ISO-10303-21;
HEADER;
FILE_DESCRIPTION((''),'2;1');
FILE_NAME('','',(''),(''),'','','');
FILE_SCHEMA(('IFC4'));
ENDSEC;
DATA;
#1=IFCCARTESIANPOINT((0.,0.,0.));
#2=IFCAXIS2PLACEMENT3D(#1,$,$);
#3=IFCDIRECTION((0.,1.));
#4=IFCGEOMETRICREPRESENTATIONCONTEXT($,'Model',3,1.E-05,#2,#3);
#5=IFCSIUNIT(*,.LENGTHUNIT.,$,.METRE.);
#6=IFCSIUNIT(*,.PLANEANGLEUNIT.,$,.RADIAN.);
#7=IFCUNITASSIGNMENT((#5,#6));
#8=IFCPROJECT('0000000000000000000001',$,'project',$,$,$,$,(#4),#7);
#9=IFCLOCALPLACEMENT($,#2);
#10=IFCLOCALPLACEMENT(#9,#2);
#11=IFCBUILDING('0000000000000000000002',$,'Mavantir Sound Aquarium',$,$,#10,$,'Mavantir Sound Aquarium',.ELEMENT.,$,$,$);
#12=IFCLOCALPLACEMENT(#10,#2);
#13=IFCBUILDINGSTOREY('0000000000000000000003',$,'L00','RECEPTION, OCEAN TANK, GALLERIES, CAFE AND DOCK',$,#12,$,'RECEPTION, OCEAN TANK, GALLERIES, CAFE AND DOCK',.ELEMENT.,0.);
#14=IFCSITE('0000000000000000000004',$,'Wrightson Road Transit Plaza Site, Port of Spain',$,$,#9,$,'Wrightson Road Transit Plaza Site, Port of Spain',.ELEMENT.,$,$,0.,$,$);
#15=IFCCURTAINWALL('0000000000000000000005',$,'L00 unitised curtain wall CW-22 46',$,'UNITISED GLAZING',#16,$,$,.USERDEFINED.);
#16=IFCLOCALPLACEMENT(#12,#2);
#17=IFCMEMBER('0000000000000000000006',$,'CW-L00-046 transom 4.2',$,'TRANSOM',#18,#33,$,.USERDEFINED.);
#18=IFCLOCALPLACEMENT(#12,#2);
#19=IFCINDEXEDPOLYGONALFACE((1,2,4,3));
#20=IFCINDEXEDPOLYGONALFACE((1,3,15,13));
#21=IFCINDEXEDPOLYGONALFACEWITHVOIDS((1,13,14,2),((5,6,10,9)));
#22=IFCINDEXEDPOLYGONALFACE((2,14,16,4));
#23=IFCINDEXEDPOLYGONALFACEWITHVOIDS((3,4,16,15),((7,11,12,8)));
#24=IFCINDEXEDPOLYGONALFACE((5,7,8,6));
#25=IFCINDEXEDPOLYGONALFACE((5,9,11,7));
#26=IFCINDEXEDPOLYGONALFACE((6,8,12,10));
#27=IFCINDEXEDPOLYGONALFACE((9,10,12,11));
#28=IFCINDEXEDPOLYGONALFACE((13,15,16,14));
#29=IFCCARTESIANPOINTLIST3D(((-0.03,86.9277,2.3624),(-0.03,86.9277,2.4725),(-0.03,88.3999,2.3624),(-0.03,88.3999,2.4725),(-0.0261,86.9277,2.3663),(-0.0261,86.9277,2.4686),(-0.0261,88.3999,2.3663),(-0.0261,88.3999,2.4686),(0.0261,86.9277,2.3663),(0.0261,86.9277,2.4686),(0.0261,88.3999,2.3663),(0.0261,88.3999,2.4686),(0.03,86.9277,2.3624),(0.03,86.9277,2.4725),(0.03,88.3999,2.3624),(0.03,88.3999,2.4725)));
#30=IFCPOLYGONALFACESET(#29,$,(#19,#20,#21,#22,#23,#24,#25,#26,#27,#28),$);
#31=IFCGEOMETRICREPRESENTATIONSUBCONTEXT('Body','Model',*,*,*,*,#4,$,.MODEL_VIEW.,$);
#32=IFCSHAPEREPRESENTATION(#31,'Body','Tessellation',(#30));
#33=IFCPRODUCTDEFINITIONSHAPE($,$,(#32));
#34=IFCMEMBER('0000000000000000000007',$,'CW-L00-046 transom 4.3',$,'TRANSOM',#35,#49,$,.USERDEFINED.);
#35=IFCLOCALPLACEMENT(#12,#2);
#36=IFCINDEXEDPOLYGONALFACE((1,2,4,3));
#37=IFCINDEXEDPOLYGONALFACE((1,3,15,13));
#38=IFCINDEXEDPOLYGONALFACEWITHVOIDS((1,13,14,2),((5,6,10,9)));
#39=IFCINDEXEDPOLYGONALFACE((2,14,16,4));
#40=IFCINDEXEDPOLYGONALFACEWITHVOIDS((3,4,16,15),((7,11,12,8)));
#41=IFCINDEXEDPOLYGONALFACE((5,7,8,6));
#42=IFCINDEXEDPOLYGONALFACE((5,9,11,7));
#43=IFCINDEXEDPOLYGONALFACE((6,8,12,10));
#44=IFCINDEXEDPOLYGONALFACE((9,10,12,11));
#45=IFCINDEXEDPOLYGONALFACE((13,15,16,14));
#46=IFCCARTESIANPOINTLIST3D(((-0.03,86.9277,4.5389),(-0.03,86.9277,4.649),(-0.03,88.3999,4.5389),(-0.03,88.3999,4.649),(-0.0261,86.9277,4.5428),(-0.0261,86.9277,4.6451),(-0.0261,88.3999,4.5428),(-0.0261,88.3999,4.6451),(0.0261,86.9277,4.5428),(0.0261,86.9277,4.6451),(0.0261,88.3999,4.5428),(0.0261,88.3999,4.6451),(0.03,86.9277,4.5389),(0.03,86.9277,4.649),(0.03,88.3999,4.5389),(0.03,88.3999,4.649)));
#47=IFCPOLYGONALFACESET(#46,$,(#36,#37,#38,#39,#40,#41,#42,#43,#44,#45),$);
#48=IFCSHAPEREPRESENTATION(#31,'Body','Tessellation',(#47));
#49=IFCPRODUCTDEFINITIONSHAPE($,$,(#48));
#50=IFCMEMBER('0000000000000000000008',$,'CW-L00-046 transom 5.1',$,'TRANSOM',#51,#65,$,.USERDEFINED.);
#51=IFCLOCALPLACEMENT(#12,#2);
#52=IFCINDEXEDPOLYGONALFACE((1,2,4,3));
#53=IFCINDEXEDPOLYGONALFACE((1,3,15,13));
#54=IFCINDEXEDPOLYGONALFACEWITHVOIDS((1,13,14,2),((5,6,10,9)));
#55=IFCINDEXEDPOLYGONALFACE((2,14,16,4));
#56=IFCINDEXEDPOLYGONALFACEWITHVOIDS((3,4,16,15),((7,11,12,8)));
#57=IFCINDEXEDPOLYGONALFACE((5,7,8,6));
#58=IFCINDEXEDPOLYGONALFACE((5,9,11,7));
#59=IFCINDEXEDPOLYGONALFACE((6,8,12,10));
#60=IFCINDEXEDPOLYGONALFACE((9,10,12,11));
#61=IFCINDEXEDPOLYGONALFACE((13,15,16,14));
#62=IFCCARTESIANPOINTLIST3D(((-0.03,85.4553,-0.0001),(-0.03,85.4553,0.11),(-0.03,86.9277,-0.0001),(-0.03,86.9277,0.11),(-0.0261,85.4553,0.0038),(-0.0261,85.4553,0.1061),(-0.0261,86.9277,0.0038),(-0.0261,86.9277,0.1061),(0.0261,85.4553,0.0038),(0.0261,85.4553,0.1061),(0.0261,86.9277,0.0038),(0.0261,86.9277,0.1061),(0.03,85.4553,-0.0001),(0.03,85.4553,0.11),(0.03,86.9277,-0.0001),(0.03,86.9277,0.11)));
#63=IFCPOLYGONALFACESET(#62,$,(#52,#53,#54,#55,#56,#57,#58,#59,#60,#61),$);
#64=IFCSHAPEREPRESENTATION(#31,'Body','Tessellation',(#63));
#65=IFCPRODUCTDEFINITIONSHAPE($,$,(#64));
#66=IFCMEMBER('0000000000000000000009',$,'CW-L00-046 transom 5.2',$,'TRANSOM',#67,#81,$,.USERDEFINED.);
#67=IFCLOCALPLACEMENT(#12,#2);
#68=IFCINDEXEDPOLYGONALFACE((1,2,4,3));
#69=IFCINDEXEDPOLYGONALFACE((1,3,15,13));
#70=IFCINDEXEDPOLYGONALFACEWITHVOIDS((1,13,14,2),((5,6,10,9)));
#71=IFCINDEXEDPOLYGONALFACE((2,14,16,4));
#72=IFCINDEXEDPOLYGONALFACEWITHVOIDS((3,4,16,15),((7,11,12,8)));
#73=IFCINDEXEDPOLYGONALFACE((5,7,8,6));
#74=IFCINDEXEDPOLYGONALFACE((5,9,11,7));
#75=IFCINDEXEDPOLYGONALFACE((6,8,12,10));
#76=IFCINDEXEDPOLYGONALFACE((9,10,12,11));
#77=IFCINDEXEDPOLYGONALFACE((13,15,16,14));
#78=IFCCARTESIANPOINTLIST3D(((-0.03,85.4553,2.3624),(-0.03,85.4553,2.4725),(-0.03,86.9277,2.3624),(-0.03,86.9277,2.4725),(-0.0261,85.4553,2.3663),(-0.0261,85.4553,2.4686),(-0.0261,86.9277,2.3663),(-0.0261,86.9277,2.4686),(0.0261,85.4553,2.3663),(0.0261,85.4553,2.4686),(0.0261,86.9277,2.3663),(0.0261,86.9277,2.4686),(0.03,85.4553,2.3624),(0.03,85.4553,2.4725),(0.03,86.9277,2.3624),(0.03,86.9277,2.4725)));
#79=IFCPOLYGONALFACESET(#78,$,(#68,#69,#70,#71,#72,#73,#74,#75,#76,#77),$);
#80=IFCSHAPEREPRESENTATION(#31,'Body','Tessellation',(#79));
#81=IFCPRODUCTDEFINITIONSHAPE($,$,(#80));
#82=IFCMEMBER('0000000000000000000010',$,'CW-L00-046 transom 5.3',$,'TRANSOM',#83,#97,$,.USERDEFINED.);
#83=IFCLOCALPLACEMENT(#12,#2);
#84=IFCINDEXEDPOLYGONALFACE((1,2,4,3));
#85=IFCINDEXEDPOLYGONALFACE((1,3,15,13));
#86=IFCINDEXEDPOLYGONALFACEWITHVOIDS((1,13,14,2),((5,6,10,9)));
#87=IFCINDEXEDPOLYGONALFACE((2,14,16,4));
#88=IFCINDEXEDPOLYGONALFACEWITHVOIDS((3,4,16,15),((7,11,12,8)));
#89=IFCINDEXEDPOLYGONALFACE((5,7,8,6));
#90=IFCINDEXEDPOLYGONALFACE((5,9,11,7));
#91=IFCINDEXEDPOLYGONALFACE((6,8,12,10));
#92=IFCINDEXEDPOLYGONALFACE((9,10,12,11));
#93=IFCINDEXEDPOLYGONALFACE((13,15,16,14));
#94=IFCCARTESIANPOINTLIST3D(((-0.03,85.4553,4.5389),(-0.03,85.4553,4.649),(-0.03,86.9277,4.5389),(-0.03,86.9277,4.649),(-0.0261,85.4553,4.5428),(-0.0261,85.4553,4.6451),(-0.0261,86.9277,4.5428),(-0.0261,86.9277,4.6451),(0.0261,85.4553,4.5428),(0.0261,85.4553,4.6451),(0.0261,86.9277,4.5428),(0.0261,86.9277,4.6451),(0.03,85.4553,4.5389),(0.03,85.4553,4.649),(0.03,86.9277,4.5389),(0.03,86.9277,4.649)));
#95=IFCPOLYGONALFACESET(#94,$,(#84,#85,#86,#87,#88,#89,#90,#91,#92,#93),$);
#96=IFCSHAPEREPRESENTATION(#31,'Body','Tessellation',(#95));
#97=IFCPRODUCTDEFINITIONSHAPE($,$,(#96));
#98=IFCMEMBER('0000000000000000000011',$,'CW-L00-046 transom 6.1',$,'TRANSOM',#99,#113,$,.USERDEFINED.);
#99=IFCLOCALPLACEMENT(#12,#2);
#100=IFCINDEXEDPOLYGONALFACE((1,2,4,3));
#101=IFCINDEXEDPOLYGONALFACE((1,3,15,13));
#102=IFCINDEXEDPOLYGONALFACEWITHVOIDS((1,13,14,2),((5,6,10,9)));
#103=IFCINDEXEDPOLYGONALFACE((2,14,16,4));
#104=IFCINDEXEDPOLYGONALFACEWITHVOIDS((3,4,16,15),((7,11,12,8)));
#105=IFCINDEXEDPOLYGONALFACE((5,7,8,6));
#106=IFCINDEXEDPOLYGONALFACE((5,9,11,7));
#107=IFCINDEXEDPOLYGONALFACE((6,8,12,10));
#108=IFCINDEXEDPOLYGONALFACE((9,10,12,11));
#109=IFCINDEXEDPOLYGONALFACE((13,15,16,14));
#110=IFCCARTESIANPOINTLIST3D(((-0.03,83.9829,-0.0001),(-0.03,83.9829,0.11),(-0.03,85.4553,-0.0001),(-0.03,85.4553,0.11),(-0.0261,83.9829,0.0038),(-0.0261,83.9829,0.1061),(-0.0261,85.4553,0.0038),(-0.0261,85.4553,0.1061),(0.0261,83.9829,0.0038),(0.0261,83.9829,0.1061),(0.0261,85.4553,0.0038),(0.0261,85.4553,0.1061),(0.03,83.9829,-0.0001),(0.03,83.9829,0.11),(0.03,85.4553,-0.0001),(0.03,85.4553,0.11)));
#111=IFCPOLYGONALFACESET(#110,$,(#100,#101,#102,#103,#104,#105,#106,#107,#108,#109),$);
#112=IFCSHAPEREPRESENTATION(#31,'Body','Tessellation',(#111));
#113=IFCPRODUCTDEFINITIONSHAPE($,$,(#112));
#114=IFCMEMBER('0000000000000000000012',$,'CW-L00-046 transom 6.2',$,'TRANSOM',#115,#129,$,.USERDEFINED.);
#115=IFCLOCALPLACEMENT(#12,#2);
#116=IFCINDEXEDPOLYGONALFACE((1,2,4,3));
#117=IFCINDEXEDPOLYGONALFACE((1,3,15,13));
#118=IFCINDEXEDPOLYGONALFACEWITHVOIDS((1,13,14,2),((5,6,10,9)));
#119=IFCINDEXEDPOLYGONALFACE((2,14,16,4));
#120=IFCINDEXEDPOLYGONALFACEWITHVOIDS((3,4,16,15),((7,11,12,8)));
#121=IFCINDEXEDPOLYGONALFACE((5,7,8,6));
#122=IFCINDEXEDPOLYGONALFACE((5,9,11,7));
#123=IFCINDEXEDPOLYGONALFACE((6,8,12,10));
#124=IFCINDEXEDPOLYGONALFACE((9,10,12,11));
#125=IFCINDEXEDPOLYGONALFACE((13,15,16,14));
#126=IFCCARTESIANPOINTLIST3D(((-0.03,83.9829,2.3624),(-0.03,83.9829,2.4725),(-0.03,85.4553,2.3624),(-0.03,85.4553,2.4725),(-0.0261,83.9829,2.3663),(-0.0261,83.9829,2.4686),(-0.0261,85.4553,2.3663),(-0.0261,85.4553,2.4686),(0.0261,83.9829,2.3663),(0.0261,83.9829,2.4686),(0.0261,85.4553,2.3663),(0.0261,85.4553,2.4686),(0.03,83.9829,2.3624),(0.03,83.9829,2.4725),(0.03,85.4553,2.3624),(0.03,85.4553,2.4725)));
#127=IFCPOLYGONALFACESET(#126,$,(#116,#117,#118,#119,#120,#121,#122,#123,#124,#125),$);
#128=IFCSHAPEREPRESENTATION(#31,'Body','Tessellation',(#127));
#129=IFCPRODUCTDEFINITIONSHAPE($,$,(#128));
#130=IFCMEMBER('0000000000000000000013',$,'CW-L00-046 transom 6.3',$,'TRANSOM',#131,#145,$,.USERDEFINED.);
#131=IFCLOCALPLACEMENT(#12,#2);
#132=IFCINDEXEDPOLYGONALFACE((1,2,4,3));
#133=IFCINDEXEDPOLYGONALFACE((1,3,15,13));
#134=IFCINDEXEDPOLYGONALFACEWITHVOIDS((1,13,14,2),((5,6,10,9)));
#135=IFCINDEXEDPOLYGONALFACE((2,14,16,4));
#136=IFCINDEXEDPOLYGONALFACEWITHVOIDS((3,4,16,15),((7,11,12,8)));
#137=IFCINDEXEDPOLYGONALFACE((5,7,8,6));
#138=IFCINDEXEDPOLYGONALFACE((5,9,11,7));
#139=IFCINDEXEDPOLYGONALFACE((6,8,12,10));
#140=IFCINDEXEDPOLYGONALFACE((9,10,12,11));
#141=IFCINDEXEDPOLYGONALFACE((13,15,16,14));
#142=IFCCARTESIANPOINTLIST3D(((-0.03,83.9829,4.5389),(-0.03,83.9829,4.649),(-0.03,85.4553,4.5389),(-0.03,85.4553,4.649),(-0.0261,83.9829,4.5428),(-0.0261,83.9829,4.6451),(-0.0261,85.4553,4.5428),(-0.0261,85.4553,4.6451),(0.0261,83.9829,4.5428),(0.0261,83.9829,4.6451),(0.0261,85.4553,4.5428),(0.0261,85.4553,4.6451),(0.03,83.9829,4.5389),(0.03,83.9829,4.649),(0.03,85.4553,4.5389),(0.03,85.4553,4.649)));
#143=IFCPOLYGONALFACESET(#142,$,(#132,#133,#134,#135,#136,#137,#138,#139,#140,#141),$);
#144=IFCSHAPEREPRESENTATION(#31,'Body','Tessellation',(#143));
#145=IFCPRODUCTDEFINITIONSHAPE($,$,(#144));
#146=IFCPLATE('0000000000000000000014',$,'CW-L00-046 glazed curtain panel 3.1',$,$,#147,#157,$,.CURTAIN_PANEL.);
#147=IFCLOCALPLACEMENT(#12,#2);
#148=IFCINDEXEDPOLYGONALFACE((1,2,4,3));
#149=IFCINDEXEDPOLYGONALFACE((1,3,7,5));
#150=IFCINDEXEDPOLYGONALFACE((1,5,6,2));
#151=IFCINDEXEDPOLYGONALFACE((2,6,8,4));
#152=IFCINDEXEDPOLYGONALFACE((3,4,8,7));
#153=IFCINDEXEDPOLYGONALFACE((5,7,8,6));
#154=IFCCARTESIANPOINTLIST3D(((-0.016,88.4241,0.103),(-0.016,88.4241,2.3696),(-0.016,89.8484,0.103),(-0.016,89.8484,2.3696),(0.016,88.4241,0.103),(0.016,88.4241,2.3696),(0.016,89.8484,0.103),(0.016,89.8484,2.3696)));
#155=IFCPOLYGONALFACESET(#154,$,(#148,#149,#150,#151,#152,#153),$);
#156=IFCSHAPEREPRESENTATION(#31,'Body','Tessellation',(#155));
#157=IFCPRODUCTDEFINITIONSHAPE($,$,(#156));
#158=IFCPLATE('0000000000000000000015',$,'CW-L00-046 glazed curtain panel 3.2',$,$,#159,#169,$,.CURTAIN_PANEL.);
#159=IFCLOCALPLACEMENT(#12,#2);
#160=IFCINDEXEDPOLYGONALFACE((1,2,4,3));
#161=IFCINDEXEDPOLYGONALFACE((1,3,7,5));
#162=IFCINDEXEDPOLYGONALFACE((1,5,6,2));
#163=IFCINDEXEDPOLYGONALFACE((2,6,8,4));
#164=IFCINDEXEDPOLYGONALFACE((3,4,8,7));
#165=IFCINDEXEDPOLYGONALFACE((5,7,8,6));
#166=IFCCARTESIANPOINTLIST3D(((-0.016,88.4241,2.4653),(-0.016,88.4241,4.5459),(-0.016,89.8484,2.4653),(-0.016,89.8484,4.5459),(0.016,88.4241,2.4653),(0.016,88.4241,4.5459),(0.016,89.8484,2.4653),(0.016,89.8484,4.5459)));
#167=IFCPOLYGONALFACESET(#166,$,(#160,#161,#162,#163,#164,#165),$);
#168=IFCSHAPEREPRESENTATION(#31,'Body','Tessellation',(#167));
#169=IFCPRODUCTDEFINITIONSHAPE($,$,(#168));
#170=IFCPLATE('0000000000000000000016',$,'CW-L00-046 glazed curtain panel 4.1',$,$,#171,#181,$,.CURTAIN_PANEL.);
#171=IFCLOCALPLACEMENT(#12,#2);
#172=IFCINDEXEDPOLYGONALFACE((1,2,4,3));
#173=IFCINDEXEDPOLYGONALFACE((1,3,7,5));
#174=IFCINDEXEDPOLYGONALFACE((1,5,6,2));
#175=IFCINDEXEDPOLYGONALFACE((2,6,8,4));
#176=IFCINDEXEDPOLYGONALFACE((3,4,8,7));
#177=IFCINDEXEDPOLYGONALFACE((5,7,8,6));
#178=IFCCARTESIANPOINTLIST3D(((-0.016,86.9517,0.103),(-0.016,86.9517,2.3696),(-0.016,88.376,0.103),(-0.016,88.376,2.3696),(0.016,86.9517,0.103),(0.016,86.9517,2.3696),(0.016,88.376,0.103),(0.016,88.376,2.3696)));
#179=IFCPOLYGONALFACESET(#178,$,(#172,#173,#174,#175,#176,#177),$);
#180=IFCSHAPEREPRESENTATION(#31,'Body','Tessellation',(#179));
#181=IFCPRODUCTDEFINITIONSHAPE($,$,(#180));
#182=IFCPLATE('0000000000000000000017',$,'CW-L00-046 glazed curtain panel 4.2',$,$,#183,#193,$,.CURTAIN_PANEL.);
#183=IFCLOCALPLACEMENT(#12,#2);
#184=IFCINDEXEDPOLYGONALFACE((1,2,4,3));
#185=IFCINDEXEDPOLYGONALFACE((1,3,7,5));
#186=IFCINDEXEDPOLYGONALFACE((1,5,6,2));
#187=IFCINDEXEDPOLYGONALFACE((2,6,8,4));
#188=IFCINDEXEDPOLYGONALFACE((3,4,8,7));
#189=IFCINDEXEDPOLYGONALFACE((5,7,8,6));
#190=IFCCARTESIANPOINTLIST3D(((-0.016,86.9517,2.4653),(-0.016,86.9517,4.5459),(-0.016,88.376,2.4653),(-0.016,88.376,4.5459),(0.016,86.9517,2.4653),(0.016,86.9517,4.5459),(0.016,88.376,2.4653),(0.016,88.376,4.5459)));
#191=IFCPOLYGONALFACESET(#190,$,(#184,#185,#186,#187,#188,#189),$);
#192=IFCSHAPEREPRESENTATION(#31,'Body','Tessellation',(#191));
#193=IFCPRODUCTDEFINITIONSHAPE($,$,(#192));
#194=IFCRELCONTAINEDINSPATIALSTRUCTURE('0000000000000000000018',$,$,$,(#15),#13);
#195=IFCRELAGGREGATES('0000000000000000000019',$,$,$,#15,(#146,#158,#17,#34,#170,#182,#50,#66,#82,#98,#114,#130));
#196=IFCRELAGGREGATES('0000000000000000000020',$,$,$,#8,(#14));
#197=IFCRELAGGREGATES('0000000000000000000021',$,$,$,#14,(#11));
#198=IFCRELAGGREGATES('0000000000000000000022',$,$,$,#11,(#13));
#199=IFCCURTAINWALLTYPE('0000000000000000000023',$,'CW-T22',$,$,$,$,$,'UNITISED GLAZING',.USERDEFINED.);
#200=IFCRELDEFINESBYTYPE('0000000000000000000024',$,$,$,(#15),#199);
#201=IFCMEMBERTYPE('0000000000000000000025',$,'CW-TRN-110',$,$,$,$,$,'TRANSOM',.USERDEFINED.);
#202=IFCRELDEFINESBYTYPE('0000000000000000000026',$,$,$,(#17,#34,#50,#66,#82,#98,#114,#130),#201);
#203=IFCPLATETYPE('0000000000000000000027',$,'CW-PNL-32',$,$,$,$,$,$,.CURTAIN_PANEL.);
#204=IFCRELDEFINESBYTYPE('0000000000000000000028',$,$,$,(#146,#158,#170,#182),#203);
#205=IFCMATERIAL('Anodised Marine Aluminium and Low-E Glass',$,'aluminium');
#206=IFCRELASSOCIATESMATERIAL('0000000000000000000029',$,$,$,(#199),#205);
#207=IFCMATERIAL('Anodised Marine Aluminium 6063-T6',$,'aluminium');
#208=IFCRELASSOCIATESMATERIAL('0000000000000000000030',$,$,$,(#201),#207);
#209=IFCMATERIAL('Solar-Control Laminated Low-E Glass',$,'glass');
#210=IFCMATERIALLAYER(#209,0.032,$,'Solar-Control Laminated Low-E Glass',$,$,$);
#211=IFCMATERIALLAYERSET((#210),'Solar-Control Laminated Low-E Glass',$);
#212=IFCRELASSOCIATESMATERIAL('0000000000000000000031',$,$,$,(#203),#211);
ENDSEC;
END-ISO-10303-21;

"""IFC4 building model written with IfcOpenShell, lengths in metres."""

from ifc_helpers import new_model, si_unit, direction, frame, origin, origin_2d, place, context, subcontext, project, spatial, rectangle, hollow_rectangle, extrude, material, layer, layer_set, material_profile, profile_set, type_object, element, aggregate, save


model = new_model("IFC4")

# Units and contexts
model_context = context("Model", 3, precision=1e-05, world=origin(), true_north=direction((0.0, 1.0)))
body_context = subcontext(model_context, "Body", "Model", "MODEL_VIEW")
ifc_project = project(units=[si_unit("LENGTHUNIT", "METRE"), si_unit("PLANEANGLEUNIT", "RADIAN")], contexts=[model_context])

# Site, building, storey
site_placement = place(None, origin())
site = spatial("IfcSite", under=ifc_project, at=site_placement, Name="Wrightson Road Transit Plaza Site, Port of Spain", LongName="Wrightson Road Transit Plaza Site, Port of Spain", CompositionType="ELEMENT", RefElevation=0.0)
building_placement = place(site_placement, origin())
building = spatial("IfcBuilding", under=site, at=building_placement, Name="Mavantir Sound Aquarium", LongName="Mavantir Sound Aquarium", CompositionType="ELEMENT")
storey_placement = place(building_placement, origin())
storey = spatial("IfcBuildingStorey", under=building, at=storey_placement, Name="L00", Description="RECEPTION, OCEAN TANK, GALLERIES, CAFE AND DOCK", LongName="RECEPTION, OCEAN TANK, GALLERIES, CAFE AND DOCK", CompositionType="ELEMENT", Elevation=0.0)

# Curtain wall, members, plates
ifc_material_1 = material(Name="Anodised Marine Aluminium and Low-E Glass", Category="aluminium")
curtain_wall_type = type_object("IfcCurtainWallType", Name="CW-T22", ElementType="UNITISED GLAZING", PredefinedType="USERDEFINED", material=ifc_material_1)
curtain_wall_placement = place(storey_placement, origin())
curtain_wall = element("IfcCurtainWall", 1, at=curtain_wall_placement, inside=storey, type_object=curtain_wall_type, Name="L00 unitised curtain wall CW-22 46", ObjectType="UNITISED GLAZING", PredefinedType="USERDEFINED")
ifc_material_2 = material(Name="Anodised Marine Aluminium 6063-T6", Category="aluminium")
ifc_material_profile_1 = material_profile(ifc_material_2, hollow_rectangle(XDim=0.0601, YDim=0.1101, WallThickness=0.0039, at=origin_2d()), Name="ALU-TRANSOM-110X60")
ifc_profile_set_1 = profile_set([ifc_material_profile_1], Name="Anodised Marine Aluminium 6063-T6")
member_type_1 = type_object("IfcMemberType", Name="CW-TRN-110", ElementType="TRANSOM", PredefinedType="USERDEFINED", material=ifc_profile_set_1)
member_1_placement = place(storey_placement, frame((0.0, 88.3999, 2.4175), z_axis=(0.0, -1.0, 0.0), x_axis=(1.0, 0.0, 0.0)))
member_1 = element("IfcMember", 2, at=member_1_placement, type_object=member_type_1, Name="CW-L00-046 transom 4.2", ObjectType="TRANSOM", PredefinedType="USERDEFINED", context=body_context, shape_type="SweptSolid", body=[
    extrude(hollow_rectangle(XDim=0.0601, YDim=0.1101, WallThickness=0.0039, at=origin_2d()), origin(), (0.0, 0.0, 1.0), 1.4722),
])
member_2_placement = place(storey_placement, frame((0.0, 88.3999, 4.594), z_axis=(0.0, -1.0, 0.0), x_axis=(1.0, 0.0, 0.0)))
member_2 = element("IfcMember", 3, at=member_2_placement, type_object=member_type_1, Name="CW-L00-046 transom 4.3", ObjectType="TRANSOM", PredefinedType="USERDEFINED", context=body_context, shape_type="SweptSolid", body=[
    extrude(hollow_rectangle(XDim=0.0601, YDim=0.1101, WallThickness=0.0039, at=origin_2d()), origin(), (0.0, 0.0, 1.0), 1.4722),
])
member_3_placement = place(storey_placement, frame((0.0, 86.9277, 0.0549), z_axis=(0.0, -1.0, 0.0), x_axis=(1.0, 0.0, 0.0)))
member_3 = element("IfcMember", 4, at=member_3_placement, type_object=member_type_1, Name="CW-L00-046 transom 5.1", ObjectType="TRANSOM", PredefinedType="USERDEFINED", context=body_context, shape_type="SweptSolid", body=[
    extrude(hollow_rectangle(XDim=0.0601, YDim=0.1101, WallThickness=0.0039, at=origin_2d()), origin(), (0.0, 0.0, 1.0), 1.4724),
])
member_4_placement = place(storey_placement, frame((0.0, 86.9277, 2.4175), z_axis=(0.0, -1.0, 0.0), x_axis=(1.0, 0.0, 0.0)))
member_4 = element("IfcMember", 5, at=member_4_placement, type_object=member_type_1, Name="CW-L00-046 transom 5.2", ObjectType="TRANSOM", PredefinedType="USERDEFINED", context=body_context, shape_type="SweptSolid", body=[
    extrude(hollow_rectangle(XDim=0.0601, YDim=0.1101, WallThickness=0.0039, at=origin_2d()), origin(), (0.0, 0.0, 1.0), 1.4724),
])
member_5_placement = place(storey_placement, frame((0.0, 86.9277, 4.594), z_axis=(0.0, -1.0, 0.0), x_axis=(1.0, 0.0, 0.0)))
member_5 = element("IfcMember", 6, at=member_5_placement, type_object=member_type_1, Name="CW-L00-046 transom 5.3", ObjectType="TRANSOM", PredefinedType="USERDEFINED", context=body_context, shape_type="SweptSolid", body=[
    extrude(hollow_rectangle(XDim=0.0601, YDim=0.1101, WallThickness=0.0039, at=origin_2d()), origin(), (0.0, 0.0, 1.0), 1.4724),
])
member_6_placement = place(storey_placement, frame((0.0, 85.4553, 0.0549), z_axis=(0.0, -1.0, 0.0), x_axis=(1.0, 0.0, 0.0)))
member_6 = element("IfcMember", 7, at=member_6_placement, type_object=member_type_1, Name="CW-L00-046 transom 6.1", ObjectType="TRANSOM", PredefinedType="USERDEFINED", context=body_context, shape_type="SweptSolid", body=[
    extrude(hollow_rectangle(XDim=0.0601, YDim=0.1101, WallThickness=0.0039, at=origin_2d()), origin(), (0.0, 0.0, 1.0), 1.4724),
])
member_7_placement = place(storey_placement, frame((0.0, 85.4553, 2.4175), z_axis=(0.0, -1.0, 0.0), x_axis=(1.0, 0.0, 0.0)))
member_7 = element("IfcMember", 8, at=member_7_placement, type_object=member_type_1, Name="CW-L00-046 transom 6.2", ObjectType="TRANSOM", PredefinedType="USERDEFINED", context=body_context, shape_type="SweptSolid", body=[
    extrude(hollow_rectangle(XDim=0.0601, YDim=0.1101, WallThickness=0.0039, at=origin_2d()), origin(), (0.0, 0.0, 1.0), 1.4724),
])
member_8_placement = place(storey_placement, frame((0.0, 85.4553, 4.594), z_axis=(0.0, -1.0, 0.0), x_axis=(1.0, 0.0, 0.0)))
member_8 = element("IfcMember", 9, at=member_8_placement, type_object=member_type_1, Name="CW-L00-046 transom 6.3", ObjectType="TRANSOM", PredefinedType="USERDEFINED", context=body_context, shape_type="SweptSolid", body=[
    extrude(hollow_rectangle(XDim=0.0601, YDim=0.1101, WallThickness=0.0039, at=origin_2d()), origin(), (0.0, 0.0, 1.0), 1.4724),
])
ifc_material_3 = material(Name="Solar-Control Laminated Low-E Glass", Category="glass")
ifc_layer = layer(ifc_material_3, 0.032, Name="Solar-Control Laminated Low-E Glass")
ifc_layer_set = layer_set([ifc_layer], Name="Solar-Control Laminated Low-E Glass")
plate_type = type_object("IfcPlateType", Name="CW-PNL-32", PredefinedType="CURTAIN_PANEL", material=ifc_layer_set)
plate_1_placement = place(storey_placement, frame((0.0, 89.1362, 0.103), z_axis=(0.0, 0.0, 1.0), x_axis=(0.0, -1.0, 0.0)))
plate_1 = element("IfcPlate", 10, at=plate_1_placement, type_object=plate_type, Name="CW-L00-046 glazed curtain panel 3.1", PredefinedType="CURTAIN_PANEL", context=body_context, shape_type="SweptSolid", body=[
    extrude(rectangle(XDim=1.4243, YDim=0.032, at=origin_2d()), origin(), (0.0, 0.0, 1.0), 2.2666),
])
plate_2_placement = place(storey_placement, frame((0.0, 89.1362, 2.4653), z_axis=(0.0, 0.0, 1.0), x_axis=(0.0, -1.0, 0.0)))
plate_2 = element("IfcPlate", 11, at=plate_2_placement, type_object=plate_type, Name="CW-L00-046 glazed curtain panel 3.2", PredefinedType="CURTAIN_PANEL", context=body_context, shape_type="SweptSolid", body=[
    extrude(rectangle(XDim=1.4243, YDim=0.032, at=origin_2d()), origin(), (0.0, 0.0, 1.0), 2.0806),
])
plate_3_placement = place(storey_placement, frame((0.0, 87.6638, 0.103), z_axis=(0.0, 0.0, 1.0), x_axis=(0.0, -1.0, 0.0)))
plate_3 = element("IfcPlate", 12, at=plate_3_placement, type_object=plate_type, Name="CW-L00-046 glazed curtain panel 4.1", PredefinedType="CURTAIN_PANEL", context=body_context, shape_type="SweptSolid", body=[
    extrude(rectangle(XDim=1.4243, YDim=0.032, at=origin_2d()), origin(), (0.0, 0.0, 1.0), 2.2666),
])
plate_4_placement = place(storey_placement, frame((0.0, 87.6638, 2.4653), z_axis=(0.0, 0.0, 1.0), x_axis=(0.0, -1.0, 0.0)))
plate_4 = element("IfcPlate", 13, at=plate_4_placement, type_object=plate_type, Name="CW-L00-046 glazed curtain panel 4.2", PredefinedType="CURTAIN_PANEL", context=body_context, shape_type="SweptSolid", body=[
    extrude(rectangle(XDim=1.4243, YDim=0.032, at=origin_2d()), origin(), (0.0, 0.0, 1.0), 2.0806),
])
aggregate(curtain_wall, [plate_1, plate_2, member_1, member_2, plate_3, plate_4, member_3, member_4, member_5, member_6, member_7, member_8])

save(model, "model.ifc")
